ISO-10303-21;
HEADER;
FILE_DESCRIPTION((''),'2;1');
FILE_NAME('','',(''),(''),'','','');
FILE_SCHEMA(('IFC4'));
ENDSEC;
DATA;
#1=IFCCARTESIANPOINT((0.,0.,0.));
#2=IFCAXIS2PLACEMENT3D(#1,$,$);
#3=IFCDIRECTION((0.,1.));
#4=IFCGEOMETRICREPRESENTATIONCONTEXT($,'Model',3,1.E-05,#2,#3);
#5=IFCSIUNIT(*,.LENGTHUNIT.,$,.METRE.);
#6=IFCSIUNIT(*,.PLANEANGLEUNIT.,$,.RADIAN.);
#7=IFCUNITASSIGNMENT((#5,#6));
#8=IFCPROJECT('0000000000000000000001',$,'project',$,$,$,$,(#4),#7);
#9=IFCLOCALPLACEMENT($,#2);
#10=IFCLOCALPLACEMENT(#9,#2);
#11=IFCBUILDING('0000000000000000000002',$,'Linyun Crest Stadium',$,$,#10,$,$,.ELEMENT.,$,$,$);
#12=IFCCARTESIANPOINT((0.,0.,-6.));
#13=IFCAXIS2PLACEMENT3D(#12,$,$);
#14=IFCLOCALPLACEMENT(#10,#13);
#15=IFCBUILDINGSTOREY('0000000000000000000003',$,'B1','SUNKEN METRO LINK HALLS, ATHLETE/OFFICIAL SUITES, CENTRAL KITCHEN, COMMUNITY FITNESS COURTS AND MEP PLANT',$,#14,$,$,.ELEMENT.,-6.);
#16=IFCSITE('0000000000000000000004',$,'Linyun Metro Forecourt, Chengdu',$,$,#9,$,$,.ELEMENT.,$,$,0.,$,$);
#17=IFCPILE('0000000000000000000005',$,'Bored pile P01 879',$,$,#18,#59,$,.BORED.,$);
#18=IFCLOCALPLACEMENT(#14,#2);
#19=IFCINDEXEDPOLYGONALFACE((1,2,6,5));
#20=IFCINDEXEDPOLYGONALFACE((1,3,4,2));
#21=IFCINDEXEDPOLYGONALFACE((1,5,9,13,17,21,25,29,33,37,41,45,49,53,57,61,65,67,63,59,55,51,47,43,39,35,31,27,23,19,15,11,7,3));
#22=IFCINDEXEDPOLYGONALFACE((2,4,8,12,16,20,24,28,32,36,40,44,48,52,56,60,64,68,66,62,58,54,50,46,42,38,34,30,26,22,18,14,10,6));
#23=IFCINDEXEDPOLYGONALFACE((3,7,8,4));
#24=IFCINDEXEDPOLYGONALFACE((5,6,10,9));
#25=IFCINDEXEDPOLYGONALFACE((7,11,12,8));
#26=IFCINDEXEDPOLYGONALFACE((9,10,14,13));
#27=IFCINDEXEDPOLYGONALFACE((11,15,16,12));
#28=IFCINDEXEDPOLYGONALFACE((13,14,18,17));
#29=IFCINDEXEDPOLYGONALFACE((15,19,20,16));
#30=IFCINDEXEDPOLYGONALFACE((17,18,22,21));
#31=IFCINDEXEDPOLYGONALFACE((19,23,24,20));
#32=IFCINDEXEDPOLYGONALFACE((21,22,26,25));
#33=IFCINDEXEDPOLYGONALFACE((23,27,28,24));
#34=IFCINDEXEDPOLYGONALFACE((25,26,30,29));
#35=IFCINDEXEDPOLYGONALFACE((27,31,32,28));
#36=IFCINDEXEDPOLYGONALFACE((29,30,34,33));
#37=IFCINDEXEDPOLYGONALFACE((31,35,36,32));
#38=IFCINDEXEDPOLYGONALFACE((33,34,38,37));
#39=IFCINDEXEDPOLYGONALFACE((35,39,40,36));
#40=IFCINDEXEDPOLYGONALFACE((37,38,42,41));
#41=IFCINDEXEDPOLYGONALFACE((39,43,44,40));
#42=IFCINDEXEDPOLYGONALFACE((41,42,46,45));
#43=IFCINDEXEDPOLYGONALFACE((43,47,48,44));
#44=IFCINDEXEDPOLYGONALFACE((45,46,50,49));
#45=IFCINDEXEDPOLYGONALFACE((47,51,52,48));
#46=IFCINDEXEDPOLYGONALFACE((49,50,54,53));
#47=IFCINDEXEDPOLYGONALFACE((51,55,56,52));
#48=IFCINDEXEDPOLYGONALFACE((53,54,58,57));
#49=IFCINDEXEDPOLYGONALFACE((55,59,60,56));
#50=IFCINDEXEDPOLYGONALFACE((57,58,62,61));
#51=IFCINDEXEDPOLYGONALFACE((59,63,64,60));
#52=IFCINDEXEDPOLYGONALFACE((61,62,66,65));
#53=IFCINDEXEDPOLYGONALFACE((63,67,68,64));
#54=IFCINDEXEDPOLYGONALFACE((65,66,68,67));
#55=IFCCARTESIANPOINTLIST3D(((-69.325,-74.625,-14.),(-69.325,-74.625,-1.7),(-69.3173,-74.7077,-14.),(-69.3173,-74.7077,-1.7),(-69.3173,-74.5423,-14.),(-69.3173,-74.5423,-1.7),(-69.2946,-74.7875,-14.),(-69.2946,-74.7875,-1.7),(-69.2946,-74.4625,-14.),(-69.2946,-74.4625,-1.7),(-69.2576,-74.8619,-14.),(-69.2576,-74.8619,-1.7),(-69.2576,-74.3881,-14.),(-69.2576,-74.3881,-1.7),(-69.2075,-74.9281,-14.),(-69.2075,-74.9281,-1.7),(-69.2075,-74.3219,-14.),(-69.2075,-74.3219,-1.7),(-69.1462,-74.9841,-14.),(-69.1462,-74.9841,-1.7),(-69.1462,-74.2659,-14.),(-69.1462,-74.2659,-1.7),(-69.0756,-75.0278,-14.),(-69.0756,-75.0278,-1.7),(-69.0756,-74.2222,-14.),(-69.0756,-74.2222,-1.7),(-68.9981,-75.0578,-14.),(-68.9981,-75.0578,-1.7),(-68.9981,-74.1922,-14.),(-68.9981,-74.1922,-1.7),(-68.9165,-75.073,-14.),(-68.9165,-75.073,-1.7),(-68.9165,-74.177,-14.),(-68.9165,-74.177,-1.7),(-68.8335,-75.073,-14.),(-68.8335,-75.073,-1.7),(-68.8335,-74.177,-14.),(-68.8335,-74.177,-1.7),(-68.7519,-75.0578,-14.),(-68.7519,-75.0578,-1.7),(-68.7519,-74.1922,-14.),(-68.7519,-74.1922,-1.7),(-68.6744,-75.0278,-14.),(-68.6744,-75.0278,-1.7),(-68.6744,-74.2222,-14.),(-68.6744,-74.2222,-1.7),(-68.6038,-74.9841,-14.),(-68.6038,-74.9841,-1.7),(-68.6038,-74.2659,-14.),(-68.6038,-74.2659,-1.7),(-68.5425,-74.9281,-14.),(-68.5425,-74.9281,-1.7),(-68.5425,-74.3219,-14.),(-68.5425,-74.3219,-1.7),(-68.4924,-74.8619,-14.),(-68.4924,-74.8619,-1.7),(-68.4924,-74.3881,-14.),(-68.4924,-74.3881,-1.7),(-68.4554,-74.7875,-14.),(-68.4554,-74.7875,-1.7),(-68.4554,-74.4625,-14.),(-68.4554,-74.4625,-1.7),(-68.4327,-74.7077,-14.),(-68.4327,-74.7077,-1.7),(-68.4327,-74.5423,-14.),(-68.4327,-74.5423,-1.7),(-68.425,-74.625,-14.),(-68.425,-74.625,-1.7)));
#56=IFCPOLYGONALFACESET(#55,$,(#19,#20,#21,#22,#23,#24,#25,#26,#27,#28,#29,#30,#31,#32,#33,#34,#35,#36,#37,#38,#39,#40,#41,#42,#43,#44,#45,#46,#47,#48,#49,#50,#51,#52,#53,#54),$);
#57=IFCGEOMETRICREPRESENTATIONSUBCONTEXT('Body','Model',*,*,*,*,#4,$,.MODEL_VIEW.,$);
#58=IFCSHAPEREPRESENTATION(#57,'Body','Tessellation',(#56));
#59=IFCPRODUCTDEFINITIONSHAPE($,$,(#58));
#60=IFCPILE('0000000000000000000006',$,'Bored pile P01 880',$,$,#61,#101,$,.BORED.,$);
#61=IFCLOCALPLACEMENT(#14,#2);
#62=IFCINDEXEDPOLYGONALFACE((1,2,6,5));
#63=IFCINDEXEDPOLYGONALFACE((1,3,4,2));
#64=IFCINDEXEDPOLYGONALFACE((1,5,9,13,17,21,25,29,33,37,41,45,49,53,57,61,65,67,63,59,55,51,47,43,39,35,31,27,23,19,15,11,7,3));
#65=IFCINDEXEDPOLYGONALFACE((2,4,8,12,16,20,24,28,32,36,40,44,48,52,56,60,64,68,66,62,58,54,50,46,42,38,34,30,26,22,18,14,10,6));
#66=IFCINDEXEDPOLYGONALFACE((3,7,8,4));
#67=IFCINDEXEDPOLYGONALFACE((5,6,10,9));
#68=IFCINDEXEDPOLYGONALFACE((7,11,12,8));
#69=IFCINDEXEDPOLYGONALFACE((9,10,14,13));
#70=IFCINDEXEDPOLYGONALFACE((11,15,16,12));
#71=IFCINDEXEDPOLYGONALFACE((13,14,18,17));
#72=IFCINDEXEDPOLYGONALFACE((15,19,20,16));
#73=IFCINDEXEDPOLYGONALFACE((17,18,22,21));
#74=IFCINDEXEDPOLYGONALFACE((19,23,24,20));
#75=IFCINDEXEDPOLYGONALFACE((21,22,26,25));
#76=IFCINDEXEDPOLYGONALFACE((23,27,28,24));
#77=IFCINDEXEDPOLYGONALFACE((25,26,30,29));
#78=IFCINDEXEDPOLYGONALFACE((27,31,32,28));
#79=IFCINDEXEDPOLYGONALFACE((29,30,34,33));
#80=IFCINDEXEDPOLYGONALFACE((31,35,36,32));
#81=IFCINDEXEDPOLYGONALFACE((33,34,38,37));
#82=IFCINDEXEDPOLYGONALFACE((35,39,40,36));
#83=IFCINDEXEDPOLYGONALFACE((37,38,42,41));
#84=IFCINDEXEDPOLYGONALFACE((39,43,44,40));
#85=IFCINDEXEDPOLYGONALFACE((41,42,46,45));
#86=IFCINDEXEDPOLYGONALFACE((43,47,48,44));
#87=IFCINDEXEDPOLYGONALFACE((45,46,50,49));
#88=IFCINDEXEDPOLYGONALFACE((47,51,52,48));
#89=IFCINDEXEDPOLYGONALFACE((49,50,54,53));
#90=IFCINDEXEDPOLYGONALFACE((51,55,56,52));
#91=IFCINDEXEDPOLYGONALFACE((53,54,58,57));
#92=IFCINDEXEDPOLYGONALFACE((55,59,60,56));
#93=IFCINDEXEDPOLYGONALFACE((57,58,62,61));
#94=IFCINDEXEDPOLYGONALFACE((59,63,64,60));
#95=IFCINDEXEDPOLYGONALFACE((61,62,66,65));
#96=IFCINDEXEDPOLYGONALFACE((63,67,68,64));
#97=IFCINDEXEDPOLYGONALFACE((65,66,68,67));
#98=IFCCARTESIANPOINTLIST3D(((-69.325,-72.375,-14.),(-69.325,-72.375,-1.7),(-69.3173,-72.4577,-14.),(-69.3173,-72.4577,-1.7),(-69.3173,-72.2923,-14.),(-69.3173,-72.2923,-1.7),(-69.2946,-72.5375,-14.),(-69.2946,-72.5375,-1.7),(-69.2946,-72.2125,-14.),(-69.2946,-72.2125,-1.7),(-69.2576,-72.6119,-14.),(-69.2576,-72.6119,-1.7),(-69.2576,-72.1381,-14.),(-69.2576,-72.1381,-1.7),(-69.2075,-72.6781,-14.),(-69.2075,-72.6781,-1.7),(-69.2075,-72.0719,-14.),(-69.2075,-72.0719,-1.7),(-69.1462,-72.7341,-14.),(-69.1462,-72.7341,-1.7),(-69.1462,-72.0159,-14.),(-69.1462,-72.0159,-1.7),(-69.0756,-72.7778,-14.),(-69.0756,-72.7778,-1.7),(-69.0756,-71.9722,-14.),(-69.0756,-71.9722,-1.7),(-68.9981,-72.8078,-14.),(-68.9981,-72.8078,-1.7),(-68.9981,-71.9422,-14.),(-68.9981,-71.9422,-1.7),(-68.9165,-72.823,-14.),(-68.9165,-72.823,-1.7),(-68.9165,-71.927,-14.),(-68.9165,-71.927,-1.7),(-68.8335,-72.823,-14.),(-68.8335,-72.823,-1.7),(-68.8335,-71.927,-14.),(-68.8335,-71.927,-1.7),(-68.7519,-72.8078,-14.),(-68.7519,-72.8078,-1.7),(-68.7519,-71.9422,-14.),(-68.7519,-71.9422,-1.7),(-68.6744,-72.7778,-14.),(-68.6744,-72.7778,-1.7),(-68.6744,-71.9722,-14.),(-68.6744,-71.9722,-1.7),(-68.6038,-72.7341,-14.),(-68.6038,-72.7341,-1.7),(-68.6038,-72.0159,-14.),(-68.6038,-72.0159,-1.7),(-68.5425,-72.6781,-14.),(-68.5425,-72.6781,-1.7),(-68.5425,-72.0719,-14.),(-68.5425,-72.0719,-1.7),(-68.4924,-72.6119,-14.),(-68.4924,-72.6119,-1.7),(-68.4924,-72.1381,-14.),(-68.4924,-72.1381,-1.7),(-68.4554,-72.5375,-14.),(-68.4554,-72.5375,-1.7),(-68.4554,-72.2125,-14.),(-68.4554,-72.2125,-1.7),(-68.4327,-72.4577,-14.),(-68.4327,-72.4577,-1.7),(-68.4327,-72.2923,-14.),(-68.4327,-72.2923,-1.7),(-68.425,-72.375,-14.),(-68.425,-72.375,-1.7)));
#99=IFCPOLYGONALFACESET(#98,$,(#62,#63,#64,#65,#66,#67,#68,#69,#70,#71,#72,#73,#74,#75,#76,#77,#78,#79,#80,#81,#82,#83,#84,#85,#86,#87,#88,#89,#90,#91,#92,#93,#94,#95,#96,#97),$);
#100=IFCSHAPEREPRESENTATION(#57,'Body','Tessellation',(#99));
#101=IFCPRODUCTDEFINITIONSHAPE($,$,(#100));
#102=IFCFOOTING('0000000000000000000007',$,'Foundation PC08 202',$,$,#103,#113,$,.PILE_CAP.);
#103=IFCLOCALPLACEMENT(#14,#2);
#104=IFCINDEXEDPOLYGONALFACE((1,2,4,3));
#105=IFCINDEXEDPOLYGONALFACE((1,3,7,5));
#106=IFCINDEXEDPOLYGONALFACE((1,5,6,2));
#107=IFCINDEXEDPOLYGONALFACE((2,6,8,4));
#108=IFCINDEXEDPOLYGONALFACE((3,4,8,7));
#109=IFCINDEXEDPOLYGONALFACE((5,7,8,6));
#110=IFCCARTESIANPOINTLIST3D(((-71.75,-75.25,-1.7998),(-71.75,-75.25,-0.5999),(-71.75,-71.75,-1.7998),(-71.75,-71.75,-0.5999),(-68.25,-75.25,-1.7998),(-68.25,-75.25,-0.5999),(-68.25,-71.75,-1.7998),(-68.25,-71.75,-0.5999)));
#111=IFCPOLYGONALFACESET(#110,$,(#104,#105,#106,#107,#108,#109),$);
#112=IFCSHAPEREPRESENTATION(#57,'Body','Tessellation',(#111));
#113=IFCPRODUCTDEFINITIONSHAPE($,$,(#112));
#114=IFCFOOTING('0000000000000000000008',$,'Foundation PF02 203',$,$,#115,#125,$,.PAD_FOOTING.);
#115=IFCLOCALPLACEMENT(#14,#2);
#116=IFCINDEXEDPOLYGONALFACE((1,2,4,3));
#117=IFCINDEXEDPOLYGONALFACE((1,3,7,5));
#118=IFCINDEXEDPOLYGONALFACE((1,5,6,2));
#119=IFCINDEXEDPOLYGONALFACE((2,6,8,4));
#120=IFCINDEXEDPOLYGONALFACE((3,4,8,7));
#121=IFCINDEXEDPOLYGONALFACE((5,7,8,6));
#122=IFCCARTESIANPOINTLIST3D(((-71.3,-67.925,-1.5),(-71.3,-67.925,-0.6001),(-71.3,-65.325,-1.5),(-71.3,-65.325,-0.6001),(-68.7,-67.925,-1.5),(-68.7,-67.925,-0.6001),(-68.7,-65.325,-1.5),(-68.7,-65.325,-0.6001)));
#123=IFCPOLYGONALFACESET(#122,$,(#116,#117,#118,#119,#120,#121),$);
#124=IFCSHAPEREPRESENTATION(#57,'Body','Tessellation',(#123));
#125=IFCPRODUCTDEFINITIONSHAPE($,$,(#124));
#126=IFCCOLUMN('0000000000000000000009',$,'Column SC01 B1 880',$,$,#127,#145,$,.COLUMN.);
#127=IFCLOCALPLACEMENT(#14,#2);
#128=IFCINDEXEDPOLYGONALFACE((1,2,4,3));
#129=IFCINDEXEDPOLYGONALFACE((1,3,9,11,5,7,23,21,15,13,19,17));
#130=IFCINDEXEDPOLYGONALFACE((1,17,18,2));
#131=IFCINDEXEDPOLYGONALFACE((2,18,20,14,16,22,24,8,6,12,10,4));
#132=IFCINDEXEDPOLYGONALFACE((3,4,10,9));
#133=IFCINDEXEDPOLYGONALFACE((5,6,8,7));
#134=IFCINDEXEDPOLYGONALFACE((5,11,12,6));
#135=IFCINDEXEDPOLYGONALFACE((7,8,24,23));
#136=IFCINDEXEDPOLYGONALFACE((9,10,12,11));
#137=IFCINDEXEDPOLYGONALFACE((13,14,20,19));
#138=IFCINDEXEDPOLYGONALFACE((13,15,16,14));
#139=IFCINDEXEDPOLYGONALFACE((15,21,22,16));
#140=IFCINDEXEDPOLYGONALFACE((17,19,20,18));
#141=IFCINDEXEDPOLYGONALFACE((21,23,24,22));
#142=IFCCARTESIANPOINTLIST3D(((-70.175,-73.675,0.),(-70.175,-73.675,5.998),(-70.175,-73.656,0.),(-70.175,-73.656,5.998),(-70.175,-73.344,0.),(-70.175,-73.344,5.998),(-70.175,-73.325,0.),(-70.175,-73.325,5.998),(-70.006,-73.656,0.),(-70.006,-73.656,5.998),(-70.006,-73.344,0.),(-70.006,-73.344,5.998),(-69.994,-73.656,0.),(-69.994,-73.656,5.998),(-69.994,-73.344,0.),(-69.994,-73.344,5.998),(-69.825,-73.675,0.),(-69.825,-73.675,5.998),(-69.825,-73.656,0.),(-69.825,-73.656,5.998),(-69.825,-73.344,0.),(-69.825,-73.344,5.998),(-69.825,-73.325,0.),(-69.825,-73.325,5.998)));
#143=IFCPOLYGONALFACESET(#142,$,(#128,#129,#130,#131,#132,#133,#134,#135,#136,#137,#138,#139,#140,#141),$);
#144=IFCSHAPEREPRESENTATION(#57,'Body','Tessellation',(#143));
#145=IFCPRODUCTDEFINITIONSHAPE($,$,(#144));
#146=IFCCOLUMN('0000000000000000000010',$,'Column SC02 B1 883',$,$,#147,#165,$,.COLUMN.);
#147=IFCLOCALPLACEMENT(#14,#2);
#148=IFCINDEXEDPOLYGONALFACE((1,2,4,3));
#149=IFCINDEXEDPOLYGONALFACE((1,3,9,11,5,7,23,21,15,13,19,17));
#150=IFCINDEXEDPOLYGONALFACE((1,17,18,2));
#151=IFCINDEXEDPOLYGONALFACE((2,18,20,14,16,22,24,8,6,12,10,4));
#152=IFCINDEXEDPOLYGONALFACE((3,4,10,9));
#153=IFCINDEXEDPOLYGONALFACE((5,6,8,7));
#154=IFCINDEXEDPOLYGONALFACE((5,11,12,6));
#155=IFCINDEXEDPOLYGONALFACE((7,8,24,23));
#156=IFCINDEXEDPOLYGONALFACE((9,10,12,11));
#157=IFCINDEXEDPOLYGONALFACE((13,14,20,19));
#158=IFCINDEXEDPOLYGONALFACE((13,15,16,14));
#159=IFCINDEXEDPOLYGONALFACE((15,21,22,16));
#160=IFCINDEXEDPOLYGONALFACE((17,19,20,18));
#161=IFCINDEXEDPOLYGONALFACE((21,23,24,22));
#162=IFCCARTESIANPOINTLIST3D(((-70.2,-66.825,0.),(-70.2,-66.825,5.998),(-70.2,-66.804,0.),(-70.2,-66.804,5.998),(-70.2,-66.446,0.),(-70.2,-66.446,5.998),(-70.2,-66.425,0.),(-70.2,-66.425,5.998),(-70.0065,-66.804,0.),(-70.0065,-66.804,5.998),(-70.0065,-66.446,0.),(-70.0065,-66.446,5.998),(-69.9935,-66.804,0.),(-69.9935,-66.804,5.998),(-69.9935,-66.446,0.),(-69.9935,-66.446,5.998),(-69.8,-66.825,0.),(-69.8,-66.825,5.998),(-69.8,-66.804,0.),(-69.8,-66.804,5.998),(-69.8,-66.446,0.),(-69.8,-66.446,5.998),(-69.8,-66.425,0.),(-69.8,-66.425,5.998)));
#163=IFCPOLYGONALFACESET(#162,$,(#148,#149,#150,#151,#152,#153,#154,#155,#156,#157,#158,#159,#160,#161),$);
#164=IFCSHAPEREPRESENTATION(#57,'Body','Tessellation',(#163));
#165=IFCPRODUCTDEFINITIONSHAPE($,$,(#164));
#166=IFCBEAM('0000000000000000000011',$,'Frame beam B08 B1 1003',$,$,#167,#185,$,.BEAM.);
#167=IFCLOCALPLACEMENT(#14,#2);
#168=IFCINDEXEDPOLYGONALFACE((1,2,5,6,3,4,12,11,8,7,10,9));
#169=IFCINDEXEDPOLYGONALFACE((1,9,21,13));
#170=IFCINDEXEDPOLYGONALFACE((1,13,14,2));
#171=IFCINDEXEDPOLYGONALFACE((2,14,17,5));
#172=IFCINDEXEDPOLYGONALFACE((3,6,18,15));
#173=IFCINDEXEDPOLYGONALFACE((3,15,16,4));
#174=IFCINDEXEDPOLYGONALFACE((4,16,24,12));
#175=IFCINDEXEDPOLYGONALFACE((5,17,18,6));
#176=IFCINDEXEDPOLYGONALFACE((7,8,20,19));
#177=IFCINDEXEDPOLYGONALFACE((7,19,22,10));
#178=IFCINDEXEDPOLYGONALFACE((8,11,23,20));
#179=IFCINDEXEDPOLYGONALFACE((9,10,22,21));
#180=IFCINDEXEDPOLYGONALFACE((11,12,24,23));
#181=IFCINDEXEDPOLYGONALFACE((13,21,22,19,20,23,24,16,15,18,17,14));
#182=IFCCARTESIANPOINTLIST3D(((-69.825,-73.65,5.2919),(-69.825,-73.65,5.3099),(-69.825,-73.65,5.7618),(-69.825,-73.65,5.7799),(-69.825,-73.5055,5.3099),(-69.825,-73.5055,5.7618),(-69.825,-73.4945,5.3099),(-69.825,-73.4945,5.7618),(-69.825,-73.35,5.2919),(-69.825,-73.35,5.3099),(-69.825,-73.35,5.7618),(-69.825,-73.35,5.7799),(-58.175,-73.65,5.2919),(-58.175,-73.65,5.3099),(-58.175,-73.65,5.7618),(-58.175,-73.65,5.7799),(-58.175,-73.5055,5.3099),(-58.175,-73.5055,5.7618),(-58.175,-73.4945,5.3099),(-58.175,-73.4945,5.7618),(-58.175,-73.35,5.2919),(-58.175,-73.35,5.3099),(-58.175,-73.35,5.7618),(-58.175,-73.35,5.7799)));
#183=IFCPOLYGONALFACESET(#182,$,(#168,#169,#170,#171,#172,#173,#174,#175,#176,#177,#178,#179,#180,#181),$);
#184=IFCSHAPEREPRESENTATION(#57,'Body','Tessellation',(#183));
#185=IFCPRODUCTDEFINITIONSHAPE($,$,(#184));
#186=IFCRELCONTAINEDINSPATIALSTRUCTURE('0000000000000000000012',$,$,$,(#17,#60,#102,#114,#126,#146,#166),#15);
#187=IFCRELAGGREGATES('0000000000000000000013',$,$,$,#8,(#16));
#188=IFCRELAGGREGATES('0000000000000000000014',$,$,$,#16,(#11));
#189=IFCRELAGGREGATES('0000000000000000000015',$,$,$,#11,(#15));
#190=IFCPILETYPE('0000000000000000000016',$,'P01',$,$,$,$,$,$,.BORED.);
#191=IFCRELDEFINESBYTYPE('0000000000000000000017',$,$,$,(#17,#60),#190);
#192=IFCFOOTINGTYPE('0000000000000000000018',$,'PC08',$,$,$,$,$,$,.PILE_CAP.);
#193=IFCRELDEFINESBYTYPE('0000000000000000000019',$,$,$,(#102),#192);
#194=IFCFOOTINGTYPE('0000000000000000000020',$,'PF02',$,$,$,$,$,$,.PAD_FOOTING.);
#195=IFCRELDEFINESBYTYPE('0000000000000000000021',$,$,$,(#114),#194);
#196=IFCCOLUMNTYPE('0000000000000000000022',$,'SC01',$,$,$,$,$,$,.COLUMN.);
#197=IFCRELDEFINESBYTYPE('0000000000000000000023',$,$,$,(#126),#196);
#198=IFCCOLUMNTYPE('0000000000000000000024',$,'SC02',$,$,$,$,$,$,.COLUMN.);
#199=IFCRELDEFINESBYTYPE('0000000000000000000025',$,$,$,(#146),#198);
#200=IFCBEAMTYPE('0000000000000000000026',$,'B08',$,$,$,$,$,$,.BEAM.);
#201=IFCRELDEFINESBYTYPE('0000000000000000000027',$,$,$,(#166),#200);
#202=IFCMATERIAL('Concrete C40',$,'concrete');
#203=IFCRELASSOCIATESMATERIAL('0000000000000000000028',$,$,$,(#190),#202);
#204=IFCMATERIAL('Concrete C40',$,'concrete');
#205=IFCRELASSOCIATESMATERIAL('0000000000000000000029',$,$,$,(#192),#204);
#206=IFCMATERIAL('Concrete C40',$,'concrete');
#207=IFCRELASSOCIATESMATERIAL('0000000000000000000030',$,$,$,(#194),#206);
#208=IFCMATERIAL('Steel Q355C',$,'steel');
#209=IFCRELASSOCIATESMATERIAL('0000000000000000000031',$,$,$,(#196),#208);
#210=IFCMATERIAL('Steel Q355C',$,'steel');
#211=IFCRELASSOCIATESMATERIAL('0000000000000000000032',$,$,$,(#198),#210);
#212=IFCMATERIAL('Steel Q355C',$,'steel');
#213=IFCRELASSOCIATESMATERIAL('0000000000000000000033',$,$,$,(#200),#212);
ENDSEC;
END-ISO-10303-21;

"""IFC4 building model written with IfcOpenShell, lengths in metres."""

from ifc_helpers import new_model, si_unit, direction, frame, origin, origin_2d, place, context, subcontext, project, spatial, rectangle, circle, i_section, extrude, material, material_profile, profile_set, type_object, element, save


model = new_model("IFC4")

# Units and contexts
model_context = context("Model", 3, precision=1e-05, world=origin(), true_north=direction((0.0, 1.0)))
body_context = subcontext(model_context, "Body", "Model", "MODEL_VIEW")
ifc_project = project(units=[si_unit("LENGTHUNIT", "METRE"), si_unit("PLANEANGLEUNIT", "RADIAN")], contexts=[model_context])

# Site, building, storey
site_placement = place(None, origin())
site = spatial("IfcSite", under=ifc_project, at=site_placement, Name="Linyun Metro Forecourt, Chengdu", CompositionType="ELEMENT", RefElevation=0.0)
building_placement = place(site_placement, origin())
building = spatial("IfcBuilding", under=site, at=building_placement, Name="Linyun Crest Stadium", CompositionType="ELEMENT")
storey_placement = place(building_placement, frame((0.0, 0.0, -6.0)))
storey = spatial("IfcBuildingStorey", under=building, at=storey_placement, Name="B1", Description="SUNKEN METRO LINK HALLS, ATHLETE/OFFICIAL SUITES, CENTRAL KITCHEN, COMMUNITY FITNESS COURTS AND MEP PLANT", CompositionType="ELEMENT", Elevation=-6.0)

# Piles
ifc_material_1 = material(Name="Concrete C40", Category="concrete")
ifc_material_profile_1 = material_profile(ifc_material_1, circle(Radius=0.45, at=origin_2d()), Name="BORED PILE 900")
ifc_profile_set_1 = profile_set([ifc_material_profile_1], Name="Concrete C40")
pile_type = type_object("IfcPileType", Name="P01", PredefinedType="BORED", material=ifc_profile_set_1)
for number, where, z_axis, x_axis, name in (
    (1, (-68.875, -74.625, -1.7), (0.0, 0.0, -1.0), (1.0, 0.0, 0.0), "Bored pile P01 879"),
    (2, (-68.875, -72.375, -1.7), (0.0, 0.0, -1.0), (1.0, 0.0, 0.0), "Bored pile P01 880"),
):
    element("IfcPile", number, at=place(storey_placement, frame(where, z_axis=z_axis, x_axis=x_axis)), inside=storey, type_object=pile_type, Name=name, PredefinedType="BORED", context=body_context, shape_type="SweptSolid", body=[
        extrude(circle(Radius=0.45, at=origin_2d()), origin(), (0.0, 0.0, 1.0), 12.3),
    ])

# Footings
ifc_material_2 = material(Name="Concrete C40", Category="concrete")
footing_type_1 = type_object("IfcFootingType", Name="PC08", PredefinedType="PILE_CAP", material=ifc_material_2)
footing_1_placement = place(storey_placement, frame((-70.0, -73.5, -1.7998), z_axis=(0.0, 0.0, 1.0), x_axis=(1.0, 0.0, 0.0)))
element("IfcFooting", 3, at=footing_1_placement, inside=storey, type_object=footing_type_1, Name="Foundation PC08 202", PredefinedType="PILE_CAP", context=body_context, shape_type="SweptSolid", body=[
    extrude(rectangle(XDim=3.5, YDim=3.5, at=origin_2d()), origin(), (0.0, 0.0, 1.0), 1.2),
])
ifc_material_3 = material(Name="Concrete C40", Category="concrete")
footing_type_2 = type_object("IfcFootingType", Name="PF02", PredefinedType="PAD_FOOTING", material=ifc_material_3)
footing_2_placement = place(storey_placement, frame((-70.0, -66.625, -1.5), z_axis=(0.0, 0.0, 1.0), x_axis=(1.0, 0.0, 0.0)))
element("IfcFooting", 4, at=footing_2_placement, inside=storey, type_object=footing_type_2, Name="Foundation PF02 203", PredefinedType="PAD_FOOTING", context=body_context, shape_type="SweptSolid", body=[
    extrude(rectangle(XDim=2.6001, YDim=2.6001, at=origin_2d()), origin(), (0.0, 0.0, 1.0), 0.8999),
])

# Columns
ifc_material_4 = material(Name="Steel Q355C", Category="steel")
ifc_material_profile_2 = material_profile(ifc_material_4, i_section(OverallWidth=0.3501, OverallDepth=0.3501, WebThickness=0.012, FlangeThickness=0.019, at=origin_2d()), Name="HW 350x350")
ifc_profile_set_2 = profile_set([ifc_material_profile_2], Name="Steel Q355C")
column_type_1 = type_object("IfcColumnType", Name="SC01", PredefinedType="COLUMN", material=ifc_profile_set_2)
column_1_placement = place(storey_placement, frame((-70.0, -73.5, 0.0), z_axis=(0.0, 0.0, 1.0), x_axis=(1.0, 0.0, 0.0)))
element("IfcColumn", 5, at=column_1_placement, inside=storey, type_object=column_type_1, Name="Column SC01 B1 880", PredefinedType="COLUMN", context=body_context, shape_type="SweptSolid", body=[
    extrude(i_section(OverallWidth=0.3501, OverallDepth=0.3501, WebThickness=0.012, FlangeThickness=0.019, at=origin_2d()), origin(), (0.0, 0.0, 1.0), 5.998),
])
ifc_material_5 = material(Name="Steel Q355C", Category="steel")
ifc_material_profile_3 = material_profile(ifc_material_5, i_section(OverallWidth=0.3999, OverallDepth=0.3999, WebThickness=0.0129, FlangeThickness=0.021, at=origin_2d()), Name="HW 400x400")
ifc_profile_set_3 = profile_set([ifc_material_profile_3], Name="Steel Q355C")
column_type_2 = type_object("IfcColumnType", Name="SC02", PredefinedType="COLUMN", material=ifc_profile_set_3)
column_2_placement = place(storey_placement, frame((-70.0, -66.625, 0.0), z_axis=(0.0, 0.0, 1.0), x_axis=(1.0, 0.0, 0.0)))
element("IfcColumn", 6, at=column_2_placement, inside=storey, type_object=column_type_2, Name="Column SC02 B1 883", PredefinedType="COLUMN", context=body_context, shape_type="SweptSolid", body=[
    extrude(i_section(OverallWidth=0.3999, OverallDepth=0.3999, WebThickness=0.0129, FlangeThickness=0.021, at=origin_2d()), origin(), (0.0, 0.0, 1.0), 5.998),
])

# Beam
ifc_material_6 = material(Name="Steel Q355C", Category="steel")
ifc_material_profile_4 = material_profile(ifc_material_6, i_section(OverallWidth=0.3, OverallDepth=0.488, WebThickness=0.011, FlangeThickness=0.0181, at=origin_2d()), Name="HM 488x300")
ifc_profile_set_4 = profile_set([ifc_material_profile_4], Name="Steel Q355C")
beam_type_1 = type_object("IfcBeamType", Name="B08", PredefinedType="BEAM", material=ifc_profile_set_4)
beam_1_placement = place(storey_placement, frame((-69.825, -73.5, 5.5359), z_axis=(1.0, 0.0, 0.0), x_axis=(0.0, 1.0, 0.0)))
element("IfcBeam", 7, at=beam_1_placement, inside=storey, type_object=beam_type_1, Name="Frame beam B08 B1 1003", PredefinedType="BEAM", context=body_context, shape_type="SweptSolid", body=[
    extrude(i_section(OverallWidth=0.3, OverallDepth=0.488, WebThickness=0.011, FlangeThickness=0.0181, at=origin_2d()), origin(), (0.0, 0.0, 1.0), 11.6499),
])

save(model, "model.ifc")
